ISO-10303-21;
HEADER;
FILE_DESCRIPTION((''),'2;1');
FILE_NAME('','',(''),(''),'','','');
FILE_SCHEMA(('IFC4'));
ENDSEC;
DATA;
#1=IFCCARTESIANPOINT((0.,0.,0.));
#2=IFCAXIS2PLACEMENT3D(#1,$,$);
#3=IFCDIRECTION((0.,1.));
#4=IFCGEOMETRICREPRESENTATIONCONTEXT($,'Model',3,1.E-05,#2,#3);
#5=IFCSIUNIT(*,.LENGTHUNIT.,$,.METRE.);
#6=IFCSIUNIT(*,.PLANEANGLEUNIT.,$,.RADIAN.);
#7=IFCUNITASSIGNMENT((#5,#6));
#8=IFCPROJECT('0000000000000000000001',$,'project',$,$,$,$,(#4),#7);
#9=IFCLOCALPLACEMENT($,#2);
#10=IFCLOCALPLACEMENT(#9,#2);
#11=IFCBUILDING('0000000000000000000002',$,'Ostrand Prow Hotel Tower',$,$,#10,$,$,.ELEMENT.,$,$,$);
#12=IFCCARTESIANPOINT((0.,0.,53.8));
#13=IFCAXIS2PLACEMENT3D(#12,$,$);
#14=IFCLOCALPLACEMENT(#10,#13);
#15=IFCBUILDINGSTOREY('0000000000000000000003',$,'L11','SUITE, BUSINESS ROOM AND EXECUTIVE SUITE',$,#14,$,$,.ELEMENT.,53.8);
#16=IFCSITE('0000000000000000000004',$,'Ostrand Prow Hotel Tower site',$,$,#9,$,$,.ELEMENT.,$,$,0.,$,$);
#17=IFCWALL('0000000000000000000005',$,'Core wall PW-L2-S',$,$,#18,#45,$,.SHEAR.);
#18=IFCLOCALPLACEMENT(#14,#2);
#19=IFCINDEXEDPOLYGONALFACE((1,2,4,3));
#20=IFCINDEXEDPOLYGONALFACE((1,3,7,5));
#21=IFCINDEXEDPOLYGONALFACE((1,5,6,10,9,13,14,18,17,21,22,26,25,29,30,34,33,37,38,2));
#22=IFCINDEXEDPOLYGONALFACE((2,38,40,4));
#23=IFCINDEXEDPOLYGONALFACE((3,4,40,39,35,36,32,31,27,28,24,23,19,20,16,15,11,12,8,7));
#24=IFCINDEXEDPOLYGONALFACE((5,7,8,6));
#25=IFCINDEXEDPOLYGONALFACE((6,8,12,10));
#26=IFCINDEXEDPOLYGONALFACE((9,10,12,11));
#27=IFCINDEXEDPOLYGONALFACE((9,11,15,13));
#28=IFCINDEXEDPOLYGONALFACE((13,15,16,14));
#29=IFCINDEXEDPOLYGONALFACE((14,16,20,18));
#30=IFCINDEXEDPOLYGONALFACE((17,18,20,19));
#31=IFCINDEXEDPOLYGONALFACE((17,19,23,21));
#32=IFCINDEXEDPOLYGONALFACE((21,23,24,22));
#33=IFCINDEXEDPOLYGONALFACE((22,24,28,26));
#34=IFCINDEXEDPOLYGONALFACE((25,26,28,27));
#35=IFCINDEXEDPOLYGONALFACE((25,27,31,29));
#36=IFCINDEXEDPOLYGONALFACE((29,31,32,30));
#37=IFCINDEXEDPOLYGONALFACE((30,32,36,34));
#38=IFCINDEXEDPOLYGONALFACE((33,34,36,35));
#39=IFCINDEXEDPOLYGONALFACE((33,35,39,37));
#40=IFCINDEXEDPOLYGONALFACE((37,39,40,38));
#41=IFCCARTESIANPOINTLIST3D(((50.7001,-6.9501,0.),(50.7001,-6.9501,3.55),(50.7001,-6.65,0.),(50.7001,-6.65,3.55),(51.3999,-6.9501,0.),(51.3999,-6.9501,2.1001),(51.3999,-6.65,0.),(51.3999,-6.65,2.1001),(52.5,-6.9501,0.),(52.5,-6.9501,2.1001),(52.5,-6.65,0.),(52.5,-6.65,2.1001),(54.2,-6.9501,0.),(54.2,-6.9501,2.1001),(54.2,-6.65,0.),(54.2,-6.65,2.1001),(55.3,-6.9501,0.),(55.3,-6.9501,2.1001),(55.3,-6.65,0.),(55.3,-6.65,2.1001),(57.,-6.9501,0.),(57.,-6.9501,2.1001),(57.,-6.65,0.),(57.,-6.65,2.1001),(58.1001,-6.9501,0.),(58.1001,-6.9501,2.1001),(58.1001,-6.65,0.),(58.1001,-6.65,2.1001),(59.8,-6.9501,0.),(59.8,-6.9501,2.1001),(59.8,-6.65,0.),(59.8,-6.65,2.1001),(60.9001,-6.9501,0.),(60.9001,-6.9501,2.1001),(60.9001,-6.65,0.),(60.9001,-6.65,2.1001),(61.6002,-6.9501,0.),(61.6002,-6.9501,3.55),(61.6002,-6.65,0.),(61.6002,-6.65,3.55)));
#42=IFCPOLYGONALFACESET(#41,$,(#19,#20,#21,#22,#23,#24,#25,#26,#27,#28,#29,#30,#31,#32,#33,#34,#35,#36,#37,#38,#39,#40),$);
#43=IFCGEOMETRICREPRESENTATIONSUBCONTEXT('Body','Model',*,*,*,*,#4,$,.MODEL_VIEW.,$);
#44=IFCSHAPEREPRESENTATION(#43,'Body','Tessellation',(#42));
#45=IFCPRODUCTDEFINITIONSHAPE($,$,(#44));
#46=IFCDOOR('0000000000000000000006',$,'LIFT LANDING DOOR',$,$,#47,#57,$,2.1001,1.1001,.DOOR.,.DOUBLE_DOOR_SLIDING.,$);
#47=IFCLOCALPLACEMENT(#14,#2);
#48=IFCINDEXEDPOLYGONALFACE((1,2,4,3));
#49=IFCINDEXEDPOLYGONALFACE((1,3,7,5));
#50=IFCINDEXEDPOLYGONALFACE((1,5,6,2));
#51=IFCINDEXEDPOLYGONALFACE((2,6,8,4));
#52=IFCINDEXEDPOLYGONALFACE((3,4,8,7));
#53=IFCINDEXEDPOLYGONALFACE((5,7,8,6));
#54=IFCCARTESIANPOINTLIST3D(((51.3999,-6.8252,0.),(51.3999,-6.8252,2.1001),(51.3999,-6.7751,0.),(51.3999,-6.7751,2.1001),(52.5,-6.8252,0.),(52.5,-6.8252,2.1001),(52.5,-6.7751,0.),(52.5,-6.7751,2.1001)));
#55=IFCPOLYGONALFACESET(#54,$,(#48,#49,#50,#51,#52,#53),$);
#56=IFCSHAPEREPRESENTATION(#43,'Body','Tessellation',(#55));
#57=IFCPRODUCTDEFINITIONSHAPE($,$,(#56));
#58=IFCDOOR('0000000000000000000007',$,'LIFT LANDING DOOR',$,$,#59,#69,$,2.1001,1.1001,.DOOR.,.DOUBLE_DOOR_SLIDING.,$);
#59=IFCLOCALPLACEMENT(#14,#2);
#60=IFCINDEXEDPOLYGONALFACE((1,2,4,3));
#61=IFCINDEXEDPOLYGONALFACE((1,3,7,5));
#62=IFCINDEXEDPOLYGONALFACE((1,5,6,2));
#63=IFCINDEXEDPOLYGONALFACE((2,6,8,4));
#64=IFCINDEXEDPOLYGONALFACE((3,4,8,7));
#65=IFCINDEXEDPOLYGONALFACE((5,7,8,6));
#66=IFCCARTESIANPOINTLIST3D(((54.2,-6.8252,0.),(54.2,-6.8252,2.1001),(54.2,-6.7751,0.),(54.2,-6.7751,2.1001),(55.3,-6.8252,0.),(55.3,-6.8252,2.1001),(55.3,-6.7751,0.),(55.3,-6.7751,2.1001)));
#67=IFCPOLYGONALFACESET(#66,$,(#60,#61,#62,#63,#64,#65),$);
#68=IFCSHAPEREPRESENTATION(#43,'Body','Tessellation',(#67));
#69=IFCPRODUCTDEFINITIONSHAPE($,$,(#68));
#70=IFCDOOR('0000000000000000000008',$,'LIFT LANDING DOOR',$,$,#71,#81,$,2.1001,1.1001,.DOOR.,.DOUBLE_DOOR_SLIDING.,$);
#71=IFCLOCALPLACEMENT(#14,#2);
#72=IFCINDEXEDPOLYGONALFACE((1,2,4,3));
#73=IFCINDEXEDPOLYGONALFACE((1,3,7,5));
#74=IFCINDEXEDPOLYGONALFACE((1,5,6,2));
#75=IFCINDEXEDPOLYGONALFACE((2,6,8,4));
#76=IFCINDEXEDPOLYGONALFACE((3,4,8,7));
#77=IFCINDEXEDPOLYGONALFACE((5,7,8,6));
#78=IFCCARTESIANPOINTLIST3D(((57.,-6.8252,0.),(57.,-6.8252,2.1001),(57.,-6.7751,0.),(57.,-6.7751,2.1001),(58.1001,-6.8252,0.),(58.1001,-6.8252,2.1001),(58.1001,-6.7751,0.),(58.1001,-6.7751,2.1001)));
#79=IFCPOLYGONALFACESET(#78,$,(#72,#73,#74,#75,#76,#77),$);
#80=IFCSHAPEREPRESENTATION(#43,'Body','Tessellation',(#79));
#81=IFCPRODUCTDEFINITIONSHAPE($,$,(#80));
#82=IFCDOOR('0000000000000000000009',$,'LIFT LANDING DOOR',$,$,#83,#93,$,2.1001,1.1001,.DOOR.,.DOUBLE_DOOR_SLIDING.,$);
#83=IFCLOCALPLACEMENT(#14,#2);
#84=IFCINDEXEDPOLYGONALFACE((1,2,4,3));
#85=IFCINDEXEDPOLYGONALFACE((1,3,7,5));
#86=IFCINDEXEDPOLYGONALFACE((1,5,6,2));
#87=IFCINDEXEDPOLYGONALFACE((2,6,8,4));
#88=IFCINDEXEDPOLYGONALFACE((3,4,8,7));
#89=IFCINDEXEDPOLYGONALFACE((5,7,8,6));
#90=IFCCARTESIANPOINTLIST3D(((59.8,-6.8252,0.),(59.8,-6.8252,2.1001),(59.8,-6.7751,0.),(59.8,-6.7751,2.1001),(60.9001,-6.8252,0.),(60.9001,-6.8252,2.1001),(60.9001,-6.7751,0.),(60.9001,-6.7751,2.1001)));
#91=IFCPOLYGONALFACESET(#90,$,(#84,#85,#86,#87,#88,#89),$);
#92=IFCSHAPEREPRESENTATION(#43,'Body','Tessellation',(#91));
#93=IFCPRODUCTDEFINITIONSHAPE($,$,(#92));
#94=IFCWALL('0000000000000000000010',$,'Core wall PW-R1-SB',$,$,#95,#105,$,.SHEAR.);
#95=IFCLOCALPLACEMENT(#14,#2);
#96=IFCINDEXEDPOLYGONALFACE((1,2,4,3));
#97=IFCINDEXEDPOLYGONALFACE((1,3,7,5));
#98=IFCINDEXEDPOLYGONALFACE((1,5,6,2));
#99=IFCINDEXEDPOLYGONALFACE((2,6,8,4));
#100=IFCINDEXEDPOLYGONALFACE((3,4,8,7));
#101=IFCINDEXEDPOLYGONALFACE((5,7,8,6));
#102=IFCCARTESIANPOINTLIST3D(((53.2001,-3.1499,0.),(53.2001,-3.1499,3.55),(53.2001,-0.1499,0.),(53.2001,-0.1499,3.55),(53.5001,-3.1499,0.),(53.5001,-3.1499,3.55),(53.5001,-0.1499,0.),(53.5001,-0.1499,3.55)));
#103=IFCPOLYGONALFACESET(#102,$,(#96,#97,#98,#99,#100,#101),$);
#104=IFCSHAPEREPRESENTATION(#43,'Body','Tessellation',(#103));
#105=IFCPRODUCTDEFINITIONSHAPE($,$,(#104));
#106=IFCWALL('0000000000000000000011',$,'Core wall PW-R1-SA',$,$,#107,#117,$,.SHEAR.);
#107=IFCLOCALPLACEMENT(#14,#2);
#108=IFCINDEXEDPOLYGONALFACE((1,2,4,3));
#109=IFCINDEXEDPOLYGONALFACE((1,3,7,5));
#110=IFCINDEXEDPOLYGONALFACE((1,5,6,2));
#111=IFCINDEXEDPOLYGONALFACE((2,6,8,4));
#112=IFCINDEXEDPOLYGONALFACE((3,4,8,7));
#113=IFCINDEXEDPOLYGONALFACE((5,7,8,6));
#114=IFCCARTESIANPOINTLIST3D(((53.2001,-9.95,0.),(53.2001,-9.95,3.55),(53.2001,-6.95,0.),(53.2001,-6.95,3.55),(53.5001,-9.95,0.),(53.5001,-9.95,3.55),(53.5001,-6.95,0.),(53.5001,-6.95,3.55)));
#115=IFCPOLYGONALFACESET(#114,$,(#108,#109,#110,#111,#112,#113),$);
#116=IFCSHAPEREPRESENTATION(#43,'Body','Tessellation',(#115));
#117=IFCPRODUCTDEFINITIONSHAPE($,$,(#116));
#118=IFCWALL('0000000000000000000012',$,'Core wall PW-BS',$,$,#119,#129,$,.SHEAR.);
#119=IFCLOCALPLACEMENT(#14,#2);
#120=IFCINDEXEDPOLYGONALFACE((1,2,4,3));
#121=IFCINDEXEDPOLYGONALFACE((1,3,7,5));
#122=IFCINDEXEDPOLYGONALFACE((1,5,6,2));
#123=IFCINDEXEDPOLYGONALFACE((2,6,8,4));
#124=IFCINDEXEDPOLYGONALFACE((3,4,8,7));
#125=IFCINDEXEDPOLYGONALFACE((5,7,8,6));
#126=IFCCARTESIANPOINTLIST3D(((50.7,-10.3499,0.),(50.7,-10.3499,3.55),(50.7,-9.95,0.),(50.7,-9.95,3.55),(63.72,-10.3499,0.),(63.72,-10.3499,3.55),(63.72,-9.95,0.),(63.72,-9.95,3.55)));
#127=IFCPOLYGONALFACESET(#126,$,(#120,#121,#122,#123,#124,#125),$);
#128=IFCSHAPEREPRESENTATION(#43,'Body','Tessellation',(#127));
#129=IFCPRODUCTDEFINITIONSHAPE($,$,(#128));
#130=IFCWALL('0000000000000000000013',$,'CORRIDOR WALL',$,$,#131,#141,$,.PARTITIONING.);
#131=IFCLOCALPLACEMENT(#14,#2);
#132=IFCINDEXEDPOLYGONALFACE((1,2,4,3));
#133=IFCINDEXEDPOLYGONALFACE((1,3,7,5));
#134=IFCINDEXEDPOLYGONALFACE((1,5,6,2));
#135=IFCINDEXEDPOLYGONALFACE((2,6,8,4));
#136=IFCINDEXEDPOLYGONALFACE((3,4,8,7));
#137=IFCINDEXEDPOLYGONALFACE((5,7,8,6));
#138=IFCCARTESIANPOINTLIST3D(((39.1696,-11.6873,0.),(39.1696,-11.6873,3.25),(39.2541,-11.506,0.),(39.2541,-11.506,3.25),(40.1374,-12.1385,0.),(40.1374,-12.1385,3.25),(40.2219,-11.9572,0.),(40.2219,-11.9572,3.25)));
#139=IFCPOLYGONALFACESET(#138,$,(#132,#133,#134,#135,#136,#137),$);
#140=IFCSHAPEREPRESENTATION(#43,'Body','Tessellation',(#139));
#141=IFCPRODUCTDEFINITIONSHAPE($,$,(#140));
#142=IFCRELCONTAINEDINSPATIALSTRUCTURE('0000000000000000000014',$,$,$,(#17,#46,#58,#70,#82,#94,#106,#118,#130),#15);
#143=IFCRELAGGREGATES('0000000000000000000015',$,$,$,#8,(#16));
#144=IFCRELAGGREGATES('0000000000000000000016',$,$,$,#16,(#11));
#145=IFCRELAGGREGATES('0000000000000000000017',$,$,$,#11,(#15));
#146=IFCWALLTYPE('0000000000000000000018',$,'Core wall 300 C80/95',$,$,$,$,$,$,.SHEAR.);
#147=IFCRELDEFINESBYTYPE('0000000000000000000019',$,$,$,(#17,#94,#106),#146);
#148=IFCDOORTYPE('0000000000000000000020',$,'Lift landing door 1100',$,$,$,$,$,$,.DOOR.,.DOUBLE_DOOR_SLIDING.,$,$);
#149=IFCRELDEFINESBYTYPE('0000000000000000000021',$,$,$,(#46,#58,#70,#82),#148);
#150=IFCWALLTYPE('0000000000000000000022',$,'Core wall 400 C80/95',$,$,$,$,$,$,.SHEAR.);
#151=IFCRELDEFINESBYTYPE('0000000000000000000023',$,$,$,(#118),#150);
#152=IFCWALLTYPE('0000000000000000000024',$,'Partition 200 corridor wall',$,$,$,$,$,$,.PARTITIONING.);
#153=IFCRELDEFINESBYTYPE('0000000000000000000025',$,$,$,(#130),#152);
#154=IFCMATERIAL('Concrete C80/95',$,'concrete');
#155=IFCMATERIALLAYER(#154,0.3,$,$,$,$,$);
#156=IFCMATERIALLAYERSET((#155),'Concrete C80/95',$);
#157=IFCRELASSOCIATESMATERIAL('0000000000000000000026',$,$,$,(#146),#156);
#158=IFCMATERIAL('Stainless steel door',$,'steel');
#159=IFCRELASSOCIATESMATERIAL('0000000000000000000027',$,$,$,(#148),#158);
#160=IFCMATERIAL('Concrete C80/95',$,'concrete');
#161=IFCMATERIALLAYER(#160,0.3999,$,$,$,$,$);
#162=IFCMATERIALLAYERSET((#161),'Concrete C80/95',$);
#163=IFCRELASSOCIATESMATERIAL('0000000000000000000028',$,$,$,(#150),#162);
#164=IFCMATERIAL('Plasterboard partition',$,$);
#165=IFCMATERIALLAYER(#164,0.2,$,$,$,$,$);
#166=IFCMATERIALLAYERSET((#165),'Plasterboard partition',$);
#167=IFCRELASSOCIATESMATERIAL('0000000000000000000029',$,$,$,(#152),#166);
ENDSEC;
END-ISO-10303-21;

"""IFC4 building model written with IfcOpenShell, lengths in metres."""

from ifc_helpers import new_model, si_unit, direction, frame, frame_2d, origin, place, context, subcontext, project, spatial, rectangle, extrude, material, layer, layer_set, type_object, element, fill, save


model = new_model("IFC4")

# Units and contexts
model_context = context("Model", 3, precision=1e-05, world=origin(), true_north=direction((0.0, 1.0)))
body_context = subcontext(model_context, "Body", "Model", "MODEL_VIEW")
ifc_project = project(units=[si_unit("LENGTHUNIT", "METRE"), si_unit("PLANEANGLEUNIT", "RADIAN")], contexts=[model_context])

# Site, building, storey
site_placement = place(None, origin())
site = spatial("IfcSite", under=ifc_project, at=site_placement, Name="Ostrand Prow Hotel Tower site", CompositionType="ELEMENT", RefElevation=0.0)
building_placement = place(site_placement, origin())
building = spatial("IfcBuilding", under=site, at=building_placement, Name="Ostrand Prow Hotel Tower", CompositionType="ELEMENT")
storey_placement = place(building_placement, frame((0.0, 0.0, 53.8)))
storey = spatial("IfcBuildingStorey", under=building, at=storey_placement, Name="L11", Description="SUITE, BUSINESS ROOM AND EXECUTIVE SUITE", CompositionType="ELEMENT", Elevation=53.8)

# Shared definitions
ifc_material_1 = material(Name="Concrete C80/95", Category="concrete")
ifc_layer_1 = layer(ifc_material_1, 0.3)
ifc_layer_set_1 = layer_set([ifc_layer_1], Name="Concrete C80/95")
wall_type_1 = type_object("IfcWallType", Name="Core wall 300 C80/95", PredefinedType="SHEAR", material=ifc_layer_set_1)

# Wall, openings, doors
wall_1_placement = place(storey_placement, frame((50.7, -6.8, 0.0), z_axis=(0.0, 0.0, 1.0), x_axis=(1.0, 0.0, 0.0)))
wall_1 = element("IfcWall", 1, at=wall_1_placement, inside=storey, type_object=wall_type_1, Name="Core wall PW-L2-S", PredefinedType="SHEAR", context=body_context, shape_type="SweptSolid", body=[
    extrude(rectangle(XDim=10.9001, YDim=0.3, at=frame_2d((5.4502, 0.0))), origin(), (0.0, 0.0, 1.0), 3.55),
])
opening_1_placement = place(wall_1_placement, frame((0.7, 0.0, 0.0)))
opening_1 = element("IfcOpeningElement", 2, at=opening_1_placement, cuts=wall_1, PredefinedType="OPENING", context=body_context, shape_type="SweptSolid", body=[
    extrude(rectangle(XDim=1.1001, YDim=2.1001, at=frame_2d((0.55, 1.05))), frame((0.0, 0.1599, 0.0), z_axis=(0.0, -1.0, 0.0), x_axis=(1.0, 0.0, 0.0)), (0.0, 0.0, 1.0), 0.3201),
])
opening_2_placement = place(wall_1_placement, frame((3.5, 0.0, 0.0)))
opening_2 = element("IfcOpeningElement", 3, at=opening_2_placement, cuts=wall_1, PredefinedType="OPENING", context=body_context, shape_type="SweptSolid", body=[
    extrude(rectangle(XDim=1.1001, YDim=2.1001, at=frame_2d((0.55, 1.05))), frame((0.0, 0.1599, 0.0), z_axis=(0.0, -1.0, 0.0), x_axis=(1.0, 0.0, 0.0)), (0.0, 0.0, 1.0), 0.3201),
])
opening_3_placement = place(wall_1_placement, frame((6.3, 0.0, 0.0)))
opening_3 = element("IfcOpeningElement", 4, at=opening_3_placement, cuts=wall_1, PredefinedType="OPENING", context=body_context, shape_type="SweptSolid", body=[
    extrude(rectangle(XDim=1.1001, YDim=2.1001, at=frame_2d((0.55, 1.05))), frame((0.0, 0.1599, 0.0), z_axis=(0.0, -1.0, 0.0), x_axis=(1.0, 0.0, 0.0)), (0.0, 0.0, 1.0), 0.3201),
])
opening_4_placement = place(wall_1_placement, frame((9.1001, 0.0, 0.0)))
opening_4 = element("IfcOpeningElement", 5, at=opening_4_placement, cuts=wall_1, PredefinedType="OPENING", context=body_context, shape_type="SweptSolid", body=[
    extrude(rectangle(XDim=1.1001, YDim=2.1001, at=frame_2d((0.55, 1.05))), frame((0.0, 0.1599, 0.0), z_axis=(0.0, -1.0, 0.0), x_axis=(1.0, 0.0, 0.0)), (0.0, 0.0, 1.0), 0.3201),
])
ifc_material_2 = material(Name="Stainless steel door", Category="steel")
door_type_1 = type_object("IfcDoorType", Name="Lift landing door 1100", OperationType="DOUBLE_DOOR_SLIDING", PredefinedType="DOOR", material=ifc_material_2)
door_1_placement = place(opening_1_placement, origin())
door_1 = element("IfcDoor", 6, at=door_1_placement, inside=storey, type_object=door_type_1, Name="LIFT LANDING DOOR", OperationType="DOUBLE_DOOR_SLIDING", OverallHeight=2.1001, OverallWidth=1.1001, PredefinedType="DOOR", context=body_context, shape_type="SweptSolid", body=[
    extrude(rectangle(XDim=1.1001, YDim=2.1001, at=frame_2d((0.55, 1.05))), frame((0.0, 0.0249, 0.0), z_axis=(0.0, -1.0, 0.0), x_axis=(1.0, 0.0, 0.0)), (0.0, 0.0, 1.0), 0.05),
])
fill(opening_1, door_1)
door_2_placement = place(opening_2_placement, origin())
door_2 = element("IfcDoor", 7, at=door_2_placement, inside=storey, type_object=door_type_1, Name="LIFT LANDING DOOR", OperationType="DOUBLE_DOOR_SLIDING", OverallHeight=2.1001, OverallWidth=1.1001, PredefinedType="DOOR", context=body_context, shape_type="SweptSolid", body=[
    extrude(rectangle(XDim=1.1001, YDim=2.1001, at=frame_2d((0.55, 1.05))), frame((0.0, 0.0249, 0.0), z_axis=(0.0, -1.0, 0.0), x_axis=(1.0, 0.0, 0.0)), (0.0, 0.0, 1.0), 0.05),
])
fill(opening_2, door_2)
door_3_placement = place(opening_3_placement, origin())
door_3 = element("IfcDoor", 8, at=door_3_placement, inside=storey, type_object=door_type_1, Name="LIFT LANDING DOOR", OperationType="DOUBLE_DOOR_SLIDING", OverallHeight=2.1001, OverallWidth=1.1001, PredefinedType="DOOR", context=body_context, shape_type="SweptSolid", body=[
    extrude(rectangle(XDim=1.1001, YDim=2.1001, at=frame_2d((0.55, 1.05))), frame((0.0, 0.0249, 0.0), z_axis=(0.0, -1.0, 0.0), x_axis=(1.0, 0.0, 0.0)), (0.0, 0.0, 1.0), 0.05),
])
fill(opening_3, door_3)
door_4_placement = place(opening_4_placement, origin())
door_4 = element("IfcDoor", 9, at=door_4_placement, inside=storey, type_object=door_type_1, Name="LIFT LANDING DOOR", OperationType="DOUBLE_DOOR_SLIDING", OverallHeight=2.1001, OverallWidth=1.1001, PredefinedType="DOOR", context=body_context, shape_type="SweptSolid", body=[
    extrude(rectangle(XDim=1.1001, YDim=2.1001, at=frame_2d((0.55, 1.05))), frame((0.0, 0.0249, 0.0), z_axis=(0.0, -1.0, 0.0), x_axis=(1.0, 0.0, 0.0)), (0.0, 0.0, 1.0), 0.05),
])
fill(opening_4, door_4)

# Walls
for number, where, z_axis, x_axis, name in (
    (10, (53.3501, -3.1499, 0.0), (0.0, 0.0, 1.0), (0.0, 1.0, 0.0), "Core wall PW-R1-SB"),
    (11, (53.3501, -9.95, 0.0), (0.0, 0.0, 1.0), (0.0, 1.0, 0.0), "Core wall PW-R1-SA"),
):
    element("IfcWall", number, at=place(storey_placement, frame(where, z_axis=z_axis, x_axis=x_axis)), inside=storey, type_object=wall_type_1, Name=name, PredefinedType="SHEAR", context=body_context, shape_type="SweptSolid", body=[
        extrude(rectangle(XDim=3.0, YDim=0.3, at=frame_2d((1.5, 0.0))), origin(), (0.0, 0.0, 1.0), 3.55),
    ])
ifc_material_3 = material(Name="Concrete C80/95", Category="concrete")
ifc_layer_2 = layer(ifc_material_3, 0.3999)
ifc_layer_set_2 = layer_set([ifc_layer_2], Name="Concrete C80/95")
wall_type_2 = type_object("IfcWallType", Name="Core wall 400 C80/95", PredefinedType="SHEAR", material=ifc_layer_set_2)
wall_2_placement = place(storey_placement, frame((50.7, -10.1499, 0.0), z_axis=(0.0, 0.0, 1.0), x_axis=(1.0, 0.0, 0.0)))
element("IfcWall", 12, at=wall_2_placement, inside=storey, type_object=wall_type_2, Name="Core wall PW-BS", PredefinedType="SHEAR", context=body_context, shape_type="SweptSolid", body=[
    extrude(rectangle(XDim=13.02, YDim=0.3999, at=frame_2d((6.51, 0.0))), origin(), (0.0, 0.0, 1.0), 3.55),
])
ifc_material_4 = material(Name="Plasterboard partition")
ifc_layer_3 = layer(ifc_material_4, 0.2)
ifc_layer_set_3 = layer_set([ifc_layer_3], Name="Plasterboard partition")
wall_type_3 = type_object("IfcWallType", Name="Partition 200 corridor wall", PredefinedType="PARTITIONING", material=ifc_layer_set_3)
wall_3_placement = place(storey_placement, frame((40.1797, -12.0479, 0.0), z_axis=(0.0, 0.0, 1.0), x_axis=(-0.906347, 0.422535, 0.0)))
element("IfcWall", 13, at=wall_3_placement, inside=storey, type_object=wall_type_3, Name="CORRIDOR WALL", PredefinedType="PARTITIONING", context=body_context, shape_type="SweptSolid", body=[
    extrude(rectangle(XDim=1.0679, YDim=0.2, at=frame_2d((0.5339, 0.0))), origin(), (0.0, 0.0, 1.0), 3.25),
])

save(model, "model.ifc")
